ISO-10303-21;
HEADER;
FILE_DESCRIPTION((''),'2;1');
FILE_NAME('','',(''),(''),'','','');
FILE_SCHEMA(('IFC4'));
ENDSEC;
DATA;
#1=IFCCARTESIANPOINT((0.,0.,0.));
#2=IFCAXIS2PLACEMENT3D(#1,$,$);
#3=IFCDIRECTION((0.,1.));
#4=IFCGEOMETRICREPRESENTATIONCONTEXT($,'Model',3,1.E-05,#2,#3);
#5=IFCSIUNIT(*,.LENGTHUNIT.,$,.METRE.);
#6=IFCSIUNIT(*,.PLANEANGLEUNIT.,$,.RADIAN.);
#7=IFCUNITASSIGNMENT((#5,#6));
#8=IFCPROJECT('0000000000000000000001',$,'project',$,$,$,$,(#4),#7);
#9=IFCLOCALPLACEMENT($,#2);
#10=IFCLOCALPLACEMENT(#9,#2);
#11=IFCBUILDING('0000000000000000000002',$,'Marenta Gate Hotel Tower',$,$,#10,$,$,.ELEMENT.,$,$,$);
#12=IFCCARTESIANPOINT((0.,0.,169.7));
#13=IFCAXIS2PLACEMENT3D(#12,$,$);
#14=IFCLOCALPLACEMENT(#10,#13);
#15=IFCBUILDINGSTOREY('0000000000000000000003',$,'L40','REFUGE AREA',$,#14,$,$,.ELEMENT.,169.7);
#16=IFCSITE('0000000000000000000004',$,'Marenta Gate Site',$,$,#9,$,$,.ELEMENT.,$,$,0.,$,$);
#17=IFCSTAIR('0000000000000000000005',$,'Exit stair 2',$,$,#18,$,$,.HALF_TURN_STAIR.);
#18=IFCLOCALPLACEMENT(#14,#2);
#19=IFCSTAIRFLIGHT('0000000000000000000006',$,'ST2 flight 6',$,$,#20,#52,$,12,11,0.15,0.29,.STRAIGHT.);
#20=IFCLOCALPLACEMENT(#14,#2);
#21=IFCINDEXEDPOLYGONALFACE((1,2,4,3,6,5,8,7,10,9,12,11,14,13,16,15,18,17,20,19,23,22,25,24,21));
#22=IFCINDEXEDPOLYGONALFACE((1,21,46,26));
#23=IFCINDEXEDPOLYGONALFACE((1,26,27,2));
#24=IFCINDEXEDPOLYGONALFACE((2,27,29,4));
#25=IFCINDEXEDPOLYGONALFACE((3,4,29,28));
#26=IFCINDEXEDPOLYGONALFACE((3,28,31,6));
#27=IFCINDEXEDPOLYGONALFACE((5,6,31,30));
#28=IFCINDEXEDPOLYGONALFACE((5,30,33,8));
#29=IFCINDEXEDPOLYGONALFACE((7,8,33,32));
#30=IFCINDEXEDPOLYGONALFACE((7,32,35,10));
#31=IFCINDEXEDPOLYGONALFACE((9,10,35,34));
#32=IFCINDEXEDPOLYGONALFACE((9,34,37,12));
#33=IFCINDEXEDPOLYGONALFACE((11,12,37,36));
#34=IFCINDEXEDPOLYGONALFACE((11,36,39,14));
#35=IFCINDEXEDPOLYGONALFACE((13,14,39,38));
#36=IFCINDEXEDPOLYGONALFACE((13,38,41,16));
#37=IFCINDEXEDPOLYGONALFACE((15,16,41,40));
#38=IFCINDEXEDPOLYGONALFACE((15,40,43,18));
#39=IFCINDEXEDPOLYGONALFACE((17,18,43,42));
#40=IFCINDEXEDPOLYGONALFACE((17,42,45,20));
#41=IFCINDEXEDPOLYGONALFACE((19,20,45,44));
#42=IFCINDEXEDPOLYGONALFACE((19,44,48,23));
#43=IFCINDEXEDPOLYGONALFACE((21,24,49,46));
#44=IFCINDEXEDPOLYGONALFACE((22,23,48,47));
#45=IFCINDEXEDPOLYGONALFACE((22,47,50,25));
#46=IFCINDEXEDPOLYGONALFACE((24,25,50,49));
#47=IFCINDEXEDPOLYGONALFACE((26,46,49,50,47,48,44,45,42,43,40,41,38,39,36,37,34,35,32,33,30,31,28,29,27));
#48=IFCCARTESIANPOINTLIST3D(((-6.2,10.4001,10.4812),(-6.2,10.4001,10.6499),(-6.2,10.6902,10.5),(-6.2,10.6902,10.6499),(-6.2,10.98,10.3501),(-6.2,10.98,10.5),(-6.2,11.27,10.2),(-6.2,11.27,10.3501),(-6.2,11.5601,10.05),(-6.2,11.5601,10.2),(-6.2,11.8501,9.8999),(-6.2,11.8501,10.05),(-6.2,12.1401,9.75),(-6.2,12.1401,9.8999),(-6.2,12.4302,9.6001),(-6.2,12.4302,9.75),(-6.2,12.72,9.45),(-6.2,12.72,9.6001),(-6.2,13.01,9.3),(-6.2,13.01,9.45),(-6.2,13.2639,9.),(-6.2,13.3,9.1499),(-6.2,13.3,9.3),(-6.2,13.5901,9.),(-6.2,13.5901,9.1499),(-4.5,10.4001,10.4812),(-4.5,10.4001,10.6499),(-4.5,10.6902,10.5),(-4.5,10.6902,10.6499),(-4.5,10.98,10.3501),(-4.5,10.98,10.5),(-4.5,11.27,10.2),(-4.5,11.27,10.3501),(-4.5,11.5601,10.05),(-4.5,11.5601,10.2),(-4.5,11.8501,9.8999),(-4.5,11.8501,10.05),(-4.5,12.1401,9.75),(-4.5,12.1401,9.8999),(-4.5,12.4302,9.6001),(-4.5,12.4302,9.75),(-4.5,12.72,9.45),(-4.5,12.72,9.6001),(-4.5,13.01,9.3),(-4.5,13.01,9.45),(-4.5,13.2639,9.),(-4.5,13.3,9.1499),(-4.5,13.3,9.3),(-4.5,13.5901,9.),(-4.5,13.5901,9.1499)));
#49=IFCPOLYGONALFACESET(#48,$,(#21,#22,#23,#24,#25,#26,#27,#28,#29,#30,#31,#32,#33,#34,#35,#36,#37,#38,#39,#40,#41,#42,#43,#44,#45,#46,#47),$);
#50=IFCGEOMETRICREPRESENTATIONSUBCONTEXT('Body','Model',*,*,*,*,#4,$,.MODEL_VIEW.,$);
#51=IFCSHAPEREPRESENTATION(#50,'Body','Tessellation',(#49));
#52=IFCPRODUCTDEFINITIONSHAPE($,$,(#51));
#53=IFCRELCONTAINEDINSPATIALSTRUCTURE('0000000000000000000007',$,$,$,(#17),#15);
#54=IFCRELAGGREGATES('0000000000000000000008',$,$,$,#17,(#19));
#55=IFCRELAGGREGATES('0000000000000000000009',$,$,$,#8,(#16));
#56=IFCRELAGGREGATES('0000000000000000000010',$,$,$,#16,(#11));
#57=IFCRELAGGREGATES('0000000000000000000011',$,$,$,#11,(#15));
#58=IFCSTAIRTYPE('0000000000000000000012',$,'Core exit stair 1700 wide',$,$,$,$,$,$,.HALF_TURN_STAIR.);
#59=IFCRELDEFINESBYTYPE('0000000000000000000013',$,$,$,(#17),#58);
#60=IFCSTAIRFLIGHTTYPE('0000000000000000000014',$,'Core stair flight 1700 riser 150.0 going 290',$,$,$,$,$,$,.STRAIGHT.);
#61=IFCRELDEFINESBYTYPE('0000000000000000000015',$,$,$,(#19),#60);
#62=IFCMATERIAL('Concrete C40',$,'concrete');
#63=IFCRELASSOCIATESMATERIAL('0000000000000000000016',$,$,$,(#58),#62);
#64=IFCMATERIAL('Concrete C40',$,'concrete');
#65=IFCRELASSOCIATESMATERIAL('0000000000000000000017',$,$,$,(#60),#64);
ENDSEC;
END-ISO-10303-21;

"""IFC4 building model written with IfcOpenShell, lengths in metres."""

from ifc_helpers import new_model, si_unit, direction, frame, origin, place, context, subcontext, project, spatial, polyline, outline, extrude, material, type_object, element, aggregate, save


model = new_model("IFC4")

# Units and contexts
model_context = context("Model", 3, precision=1e-05, world=origin(), true_north=direction((0.0, 1.0)))
body_context = subcontext(model_context, "Body", "Model", "MODEL_VIEW")
ifc_project = project(units=[si_unit("LENGTHUNIT", "METRE"), si_unit("PLANEANGLEUNIT", "RADIAN")], contexts=[model_context])

# Site, building, storey
site_placement = place(None, origin())
site = spatial("IfcSite", under=ifc_project, at=site_placement, Name="Marenta Gate Site", CompositionType="ELEMENT", RefElevation=0.0)
building_placement = place(site_placement, origin())
building = spatial("IfcBuilding", under=site, at=building_placement, Name="Marenta Gate Hotel Tower", CompositionType="ELEMENT")
storey_placement = place(building_placement, frame((0.0, 0.0, 169.7)))
storey = spatial("IfcBuildingStorey", under=building, at=storey_placement, Name="L40", Description="REFUGE AREA", CompositionType="ELEMENT", Elevation=169.7)

# Stair, stair flight
ifc_material_1 = material(Name="Concrete C40", Category="concrete")
stair_type = type_object("IfcStairType", Name="Core exit stair 1700 wide", PredefinedType="HALF_TURN_STAIR", material=ifc_material_1)
stair_placement = place(storey_placement, origin())
stair = element("IfcStair", 1, at=stair_placement, inside=storey, type_object=stair_type, Name="Exit stair 2", PredefinedType="HALF_TURN_STAIR")
ifc_material_2 = material(Name="Concrete C40", Category="concrete")
stair_flight_type = type_object("IfcStairFlightType", Name="Core stair flight 1700 riser 150.0 going 290", PredefinedType="STRAIGHT", material=ifc_material_2)
stair_flight_1_placement = place(storey_placement, frame((-5.3501, 13.5901, 9.0), z_axis=(0.0, 0.0, 1.0), x_axis=(0.0, -1.0, 0.0)))
stair_flight_1 = element("IfcStairFlight", 2, at=stair_flight_1_placement, type_object=stair_flight_type, Name="ST2 flight 6", NumberOfRisers=12, NumberOfTreads=11, PredefinedType="STRAIGHT", RiserHeight=0.15, TreadLength=0.29, context=body_context, shape_type="SweptSolid", body=[
    extrude(outline(polyline([(0.0, 0.0), (0.0, 0.1499), (0.29, 0.1499), (0.29, 0.3), (0.5801, 0.3), (0.5801, 0.45), (0.8701, 0.45), (0.8701, 0.6001), (1.1599, 0.6001), (1.1599, 0.75), (1.45, 0.75), (1.45, 0.8999), (1.74, 0.8999), (1.74, 1.05), (2.03, 1.05), (2.03, 1.2), (2.3201, 1.2), (2.3201, 1.3501), (2.6101, 1.3501), (2.6101, 1.5), (2.8999, 1.5), (2.8999, 1.6499), (3.1899, 1.6499), (3.1899, 1.8), (3.1899, 1.4812), (0.3262, 0.0), (0.0, 0.0)])), frame((0.0, 0.8501, 0.0), z_axis=(0.0, -1.0, 0.0), x_axis=(1.0, 0.0, 0.0)), (0.0, 0.0, 1.0), 1.7),
])
aggregate(stair, [stair_flight_1])

save(model, "model.ifc")
